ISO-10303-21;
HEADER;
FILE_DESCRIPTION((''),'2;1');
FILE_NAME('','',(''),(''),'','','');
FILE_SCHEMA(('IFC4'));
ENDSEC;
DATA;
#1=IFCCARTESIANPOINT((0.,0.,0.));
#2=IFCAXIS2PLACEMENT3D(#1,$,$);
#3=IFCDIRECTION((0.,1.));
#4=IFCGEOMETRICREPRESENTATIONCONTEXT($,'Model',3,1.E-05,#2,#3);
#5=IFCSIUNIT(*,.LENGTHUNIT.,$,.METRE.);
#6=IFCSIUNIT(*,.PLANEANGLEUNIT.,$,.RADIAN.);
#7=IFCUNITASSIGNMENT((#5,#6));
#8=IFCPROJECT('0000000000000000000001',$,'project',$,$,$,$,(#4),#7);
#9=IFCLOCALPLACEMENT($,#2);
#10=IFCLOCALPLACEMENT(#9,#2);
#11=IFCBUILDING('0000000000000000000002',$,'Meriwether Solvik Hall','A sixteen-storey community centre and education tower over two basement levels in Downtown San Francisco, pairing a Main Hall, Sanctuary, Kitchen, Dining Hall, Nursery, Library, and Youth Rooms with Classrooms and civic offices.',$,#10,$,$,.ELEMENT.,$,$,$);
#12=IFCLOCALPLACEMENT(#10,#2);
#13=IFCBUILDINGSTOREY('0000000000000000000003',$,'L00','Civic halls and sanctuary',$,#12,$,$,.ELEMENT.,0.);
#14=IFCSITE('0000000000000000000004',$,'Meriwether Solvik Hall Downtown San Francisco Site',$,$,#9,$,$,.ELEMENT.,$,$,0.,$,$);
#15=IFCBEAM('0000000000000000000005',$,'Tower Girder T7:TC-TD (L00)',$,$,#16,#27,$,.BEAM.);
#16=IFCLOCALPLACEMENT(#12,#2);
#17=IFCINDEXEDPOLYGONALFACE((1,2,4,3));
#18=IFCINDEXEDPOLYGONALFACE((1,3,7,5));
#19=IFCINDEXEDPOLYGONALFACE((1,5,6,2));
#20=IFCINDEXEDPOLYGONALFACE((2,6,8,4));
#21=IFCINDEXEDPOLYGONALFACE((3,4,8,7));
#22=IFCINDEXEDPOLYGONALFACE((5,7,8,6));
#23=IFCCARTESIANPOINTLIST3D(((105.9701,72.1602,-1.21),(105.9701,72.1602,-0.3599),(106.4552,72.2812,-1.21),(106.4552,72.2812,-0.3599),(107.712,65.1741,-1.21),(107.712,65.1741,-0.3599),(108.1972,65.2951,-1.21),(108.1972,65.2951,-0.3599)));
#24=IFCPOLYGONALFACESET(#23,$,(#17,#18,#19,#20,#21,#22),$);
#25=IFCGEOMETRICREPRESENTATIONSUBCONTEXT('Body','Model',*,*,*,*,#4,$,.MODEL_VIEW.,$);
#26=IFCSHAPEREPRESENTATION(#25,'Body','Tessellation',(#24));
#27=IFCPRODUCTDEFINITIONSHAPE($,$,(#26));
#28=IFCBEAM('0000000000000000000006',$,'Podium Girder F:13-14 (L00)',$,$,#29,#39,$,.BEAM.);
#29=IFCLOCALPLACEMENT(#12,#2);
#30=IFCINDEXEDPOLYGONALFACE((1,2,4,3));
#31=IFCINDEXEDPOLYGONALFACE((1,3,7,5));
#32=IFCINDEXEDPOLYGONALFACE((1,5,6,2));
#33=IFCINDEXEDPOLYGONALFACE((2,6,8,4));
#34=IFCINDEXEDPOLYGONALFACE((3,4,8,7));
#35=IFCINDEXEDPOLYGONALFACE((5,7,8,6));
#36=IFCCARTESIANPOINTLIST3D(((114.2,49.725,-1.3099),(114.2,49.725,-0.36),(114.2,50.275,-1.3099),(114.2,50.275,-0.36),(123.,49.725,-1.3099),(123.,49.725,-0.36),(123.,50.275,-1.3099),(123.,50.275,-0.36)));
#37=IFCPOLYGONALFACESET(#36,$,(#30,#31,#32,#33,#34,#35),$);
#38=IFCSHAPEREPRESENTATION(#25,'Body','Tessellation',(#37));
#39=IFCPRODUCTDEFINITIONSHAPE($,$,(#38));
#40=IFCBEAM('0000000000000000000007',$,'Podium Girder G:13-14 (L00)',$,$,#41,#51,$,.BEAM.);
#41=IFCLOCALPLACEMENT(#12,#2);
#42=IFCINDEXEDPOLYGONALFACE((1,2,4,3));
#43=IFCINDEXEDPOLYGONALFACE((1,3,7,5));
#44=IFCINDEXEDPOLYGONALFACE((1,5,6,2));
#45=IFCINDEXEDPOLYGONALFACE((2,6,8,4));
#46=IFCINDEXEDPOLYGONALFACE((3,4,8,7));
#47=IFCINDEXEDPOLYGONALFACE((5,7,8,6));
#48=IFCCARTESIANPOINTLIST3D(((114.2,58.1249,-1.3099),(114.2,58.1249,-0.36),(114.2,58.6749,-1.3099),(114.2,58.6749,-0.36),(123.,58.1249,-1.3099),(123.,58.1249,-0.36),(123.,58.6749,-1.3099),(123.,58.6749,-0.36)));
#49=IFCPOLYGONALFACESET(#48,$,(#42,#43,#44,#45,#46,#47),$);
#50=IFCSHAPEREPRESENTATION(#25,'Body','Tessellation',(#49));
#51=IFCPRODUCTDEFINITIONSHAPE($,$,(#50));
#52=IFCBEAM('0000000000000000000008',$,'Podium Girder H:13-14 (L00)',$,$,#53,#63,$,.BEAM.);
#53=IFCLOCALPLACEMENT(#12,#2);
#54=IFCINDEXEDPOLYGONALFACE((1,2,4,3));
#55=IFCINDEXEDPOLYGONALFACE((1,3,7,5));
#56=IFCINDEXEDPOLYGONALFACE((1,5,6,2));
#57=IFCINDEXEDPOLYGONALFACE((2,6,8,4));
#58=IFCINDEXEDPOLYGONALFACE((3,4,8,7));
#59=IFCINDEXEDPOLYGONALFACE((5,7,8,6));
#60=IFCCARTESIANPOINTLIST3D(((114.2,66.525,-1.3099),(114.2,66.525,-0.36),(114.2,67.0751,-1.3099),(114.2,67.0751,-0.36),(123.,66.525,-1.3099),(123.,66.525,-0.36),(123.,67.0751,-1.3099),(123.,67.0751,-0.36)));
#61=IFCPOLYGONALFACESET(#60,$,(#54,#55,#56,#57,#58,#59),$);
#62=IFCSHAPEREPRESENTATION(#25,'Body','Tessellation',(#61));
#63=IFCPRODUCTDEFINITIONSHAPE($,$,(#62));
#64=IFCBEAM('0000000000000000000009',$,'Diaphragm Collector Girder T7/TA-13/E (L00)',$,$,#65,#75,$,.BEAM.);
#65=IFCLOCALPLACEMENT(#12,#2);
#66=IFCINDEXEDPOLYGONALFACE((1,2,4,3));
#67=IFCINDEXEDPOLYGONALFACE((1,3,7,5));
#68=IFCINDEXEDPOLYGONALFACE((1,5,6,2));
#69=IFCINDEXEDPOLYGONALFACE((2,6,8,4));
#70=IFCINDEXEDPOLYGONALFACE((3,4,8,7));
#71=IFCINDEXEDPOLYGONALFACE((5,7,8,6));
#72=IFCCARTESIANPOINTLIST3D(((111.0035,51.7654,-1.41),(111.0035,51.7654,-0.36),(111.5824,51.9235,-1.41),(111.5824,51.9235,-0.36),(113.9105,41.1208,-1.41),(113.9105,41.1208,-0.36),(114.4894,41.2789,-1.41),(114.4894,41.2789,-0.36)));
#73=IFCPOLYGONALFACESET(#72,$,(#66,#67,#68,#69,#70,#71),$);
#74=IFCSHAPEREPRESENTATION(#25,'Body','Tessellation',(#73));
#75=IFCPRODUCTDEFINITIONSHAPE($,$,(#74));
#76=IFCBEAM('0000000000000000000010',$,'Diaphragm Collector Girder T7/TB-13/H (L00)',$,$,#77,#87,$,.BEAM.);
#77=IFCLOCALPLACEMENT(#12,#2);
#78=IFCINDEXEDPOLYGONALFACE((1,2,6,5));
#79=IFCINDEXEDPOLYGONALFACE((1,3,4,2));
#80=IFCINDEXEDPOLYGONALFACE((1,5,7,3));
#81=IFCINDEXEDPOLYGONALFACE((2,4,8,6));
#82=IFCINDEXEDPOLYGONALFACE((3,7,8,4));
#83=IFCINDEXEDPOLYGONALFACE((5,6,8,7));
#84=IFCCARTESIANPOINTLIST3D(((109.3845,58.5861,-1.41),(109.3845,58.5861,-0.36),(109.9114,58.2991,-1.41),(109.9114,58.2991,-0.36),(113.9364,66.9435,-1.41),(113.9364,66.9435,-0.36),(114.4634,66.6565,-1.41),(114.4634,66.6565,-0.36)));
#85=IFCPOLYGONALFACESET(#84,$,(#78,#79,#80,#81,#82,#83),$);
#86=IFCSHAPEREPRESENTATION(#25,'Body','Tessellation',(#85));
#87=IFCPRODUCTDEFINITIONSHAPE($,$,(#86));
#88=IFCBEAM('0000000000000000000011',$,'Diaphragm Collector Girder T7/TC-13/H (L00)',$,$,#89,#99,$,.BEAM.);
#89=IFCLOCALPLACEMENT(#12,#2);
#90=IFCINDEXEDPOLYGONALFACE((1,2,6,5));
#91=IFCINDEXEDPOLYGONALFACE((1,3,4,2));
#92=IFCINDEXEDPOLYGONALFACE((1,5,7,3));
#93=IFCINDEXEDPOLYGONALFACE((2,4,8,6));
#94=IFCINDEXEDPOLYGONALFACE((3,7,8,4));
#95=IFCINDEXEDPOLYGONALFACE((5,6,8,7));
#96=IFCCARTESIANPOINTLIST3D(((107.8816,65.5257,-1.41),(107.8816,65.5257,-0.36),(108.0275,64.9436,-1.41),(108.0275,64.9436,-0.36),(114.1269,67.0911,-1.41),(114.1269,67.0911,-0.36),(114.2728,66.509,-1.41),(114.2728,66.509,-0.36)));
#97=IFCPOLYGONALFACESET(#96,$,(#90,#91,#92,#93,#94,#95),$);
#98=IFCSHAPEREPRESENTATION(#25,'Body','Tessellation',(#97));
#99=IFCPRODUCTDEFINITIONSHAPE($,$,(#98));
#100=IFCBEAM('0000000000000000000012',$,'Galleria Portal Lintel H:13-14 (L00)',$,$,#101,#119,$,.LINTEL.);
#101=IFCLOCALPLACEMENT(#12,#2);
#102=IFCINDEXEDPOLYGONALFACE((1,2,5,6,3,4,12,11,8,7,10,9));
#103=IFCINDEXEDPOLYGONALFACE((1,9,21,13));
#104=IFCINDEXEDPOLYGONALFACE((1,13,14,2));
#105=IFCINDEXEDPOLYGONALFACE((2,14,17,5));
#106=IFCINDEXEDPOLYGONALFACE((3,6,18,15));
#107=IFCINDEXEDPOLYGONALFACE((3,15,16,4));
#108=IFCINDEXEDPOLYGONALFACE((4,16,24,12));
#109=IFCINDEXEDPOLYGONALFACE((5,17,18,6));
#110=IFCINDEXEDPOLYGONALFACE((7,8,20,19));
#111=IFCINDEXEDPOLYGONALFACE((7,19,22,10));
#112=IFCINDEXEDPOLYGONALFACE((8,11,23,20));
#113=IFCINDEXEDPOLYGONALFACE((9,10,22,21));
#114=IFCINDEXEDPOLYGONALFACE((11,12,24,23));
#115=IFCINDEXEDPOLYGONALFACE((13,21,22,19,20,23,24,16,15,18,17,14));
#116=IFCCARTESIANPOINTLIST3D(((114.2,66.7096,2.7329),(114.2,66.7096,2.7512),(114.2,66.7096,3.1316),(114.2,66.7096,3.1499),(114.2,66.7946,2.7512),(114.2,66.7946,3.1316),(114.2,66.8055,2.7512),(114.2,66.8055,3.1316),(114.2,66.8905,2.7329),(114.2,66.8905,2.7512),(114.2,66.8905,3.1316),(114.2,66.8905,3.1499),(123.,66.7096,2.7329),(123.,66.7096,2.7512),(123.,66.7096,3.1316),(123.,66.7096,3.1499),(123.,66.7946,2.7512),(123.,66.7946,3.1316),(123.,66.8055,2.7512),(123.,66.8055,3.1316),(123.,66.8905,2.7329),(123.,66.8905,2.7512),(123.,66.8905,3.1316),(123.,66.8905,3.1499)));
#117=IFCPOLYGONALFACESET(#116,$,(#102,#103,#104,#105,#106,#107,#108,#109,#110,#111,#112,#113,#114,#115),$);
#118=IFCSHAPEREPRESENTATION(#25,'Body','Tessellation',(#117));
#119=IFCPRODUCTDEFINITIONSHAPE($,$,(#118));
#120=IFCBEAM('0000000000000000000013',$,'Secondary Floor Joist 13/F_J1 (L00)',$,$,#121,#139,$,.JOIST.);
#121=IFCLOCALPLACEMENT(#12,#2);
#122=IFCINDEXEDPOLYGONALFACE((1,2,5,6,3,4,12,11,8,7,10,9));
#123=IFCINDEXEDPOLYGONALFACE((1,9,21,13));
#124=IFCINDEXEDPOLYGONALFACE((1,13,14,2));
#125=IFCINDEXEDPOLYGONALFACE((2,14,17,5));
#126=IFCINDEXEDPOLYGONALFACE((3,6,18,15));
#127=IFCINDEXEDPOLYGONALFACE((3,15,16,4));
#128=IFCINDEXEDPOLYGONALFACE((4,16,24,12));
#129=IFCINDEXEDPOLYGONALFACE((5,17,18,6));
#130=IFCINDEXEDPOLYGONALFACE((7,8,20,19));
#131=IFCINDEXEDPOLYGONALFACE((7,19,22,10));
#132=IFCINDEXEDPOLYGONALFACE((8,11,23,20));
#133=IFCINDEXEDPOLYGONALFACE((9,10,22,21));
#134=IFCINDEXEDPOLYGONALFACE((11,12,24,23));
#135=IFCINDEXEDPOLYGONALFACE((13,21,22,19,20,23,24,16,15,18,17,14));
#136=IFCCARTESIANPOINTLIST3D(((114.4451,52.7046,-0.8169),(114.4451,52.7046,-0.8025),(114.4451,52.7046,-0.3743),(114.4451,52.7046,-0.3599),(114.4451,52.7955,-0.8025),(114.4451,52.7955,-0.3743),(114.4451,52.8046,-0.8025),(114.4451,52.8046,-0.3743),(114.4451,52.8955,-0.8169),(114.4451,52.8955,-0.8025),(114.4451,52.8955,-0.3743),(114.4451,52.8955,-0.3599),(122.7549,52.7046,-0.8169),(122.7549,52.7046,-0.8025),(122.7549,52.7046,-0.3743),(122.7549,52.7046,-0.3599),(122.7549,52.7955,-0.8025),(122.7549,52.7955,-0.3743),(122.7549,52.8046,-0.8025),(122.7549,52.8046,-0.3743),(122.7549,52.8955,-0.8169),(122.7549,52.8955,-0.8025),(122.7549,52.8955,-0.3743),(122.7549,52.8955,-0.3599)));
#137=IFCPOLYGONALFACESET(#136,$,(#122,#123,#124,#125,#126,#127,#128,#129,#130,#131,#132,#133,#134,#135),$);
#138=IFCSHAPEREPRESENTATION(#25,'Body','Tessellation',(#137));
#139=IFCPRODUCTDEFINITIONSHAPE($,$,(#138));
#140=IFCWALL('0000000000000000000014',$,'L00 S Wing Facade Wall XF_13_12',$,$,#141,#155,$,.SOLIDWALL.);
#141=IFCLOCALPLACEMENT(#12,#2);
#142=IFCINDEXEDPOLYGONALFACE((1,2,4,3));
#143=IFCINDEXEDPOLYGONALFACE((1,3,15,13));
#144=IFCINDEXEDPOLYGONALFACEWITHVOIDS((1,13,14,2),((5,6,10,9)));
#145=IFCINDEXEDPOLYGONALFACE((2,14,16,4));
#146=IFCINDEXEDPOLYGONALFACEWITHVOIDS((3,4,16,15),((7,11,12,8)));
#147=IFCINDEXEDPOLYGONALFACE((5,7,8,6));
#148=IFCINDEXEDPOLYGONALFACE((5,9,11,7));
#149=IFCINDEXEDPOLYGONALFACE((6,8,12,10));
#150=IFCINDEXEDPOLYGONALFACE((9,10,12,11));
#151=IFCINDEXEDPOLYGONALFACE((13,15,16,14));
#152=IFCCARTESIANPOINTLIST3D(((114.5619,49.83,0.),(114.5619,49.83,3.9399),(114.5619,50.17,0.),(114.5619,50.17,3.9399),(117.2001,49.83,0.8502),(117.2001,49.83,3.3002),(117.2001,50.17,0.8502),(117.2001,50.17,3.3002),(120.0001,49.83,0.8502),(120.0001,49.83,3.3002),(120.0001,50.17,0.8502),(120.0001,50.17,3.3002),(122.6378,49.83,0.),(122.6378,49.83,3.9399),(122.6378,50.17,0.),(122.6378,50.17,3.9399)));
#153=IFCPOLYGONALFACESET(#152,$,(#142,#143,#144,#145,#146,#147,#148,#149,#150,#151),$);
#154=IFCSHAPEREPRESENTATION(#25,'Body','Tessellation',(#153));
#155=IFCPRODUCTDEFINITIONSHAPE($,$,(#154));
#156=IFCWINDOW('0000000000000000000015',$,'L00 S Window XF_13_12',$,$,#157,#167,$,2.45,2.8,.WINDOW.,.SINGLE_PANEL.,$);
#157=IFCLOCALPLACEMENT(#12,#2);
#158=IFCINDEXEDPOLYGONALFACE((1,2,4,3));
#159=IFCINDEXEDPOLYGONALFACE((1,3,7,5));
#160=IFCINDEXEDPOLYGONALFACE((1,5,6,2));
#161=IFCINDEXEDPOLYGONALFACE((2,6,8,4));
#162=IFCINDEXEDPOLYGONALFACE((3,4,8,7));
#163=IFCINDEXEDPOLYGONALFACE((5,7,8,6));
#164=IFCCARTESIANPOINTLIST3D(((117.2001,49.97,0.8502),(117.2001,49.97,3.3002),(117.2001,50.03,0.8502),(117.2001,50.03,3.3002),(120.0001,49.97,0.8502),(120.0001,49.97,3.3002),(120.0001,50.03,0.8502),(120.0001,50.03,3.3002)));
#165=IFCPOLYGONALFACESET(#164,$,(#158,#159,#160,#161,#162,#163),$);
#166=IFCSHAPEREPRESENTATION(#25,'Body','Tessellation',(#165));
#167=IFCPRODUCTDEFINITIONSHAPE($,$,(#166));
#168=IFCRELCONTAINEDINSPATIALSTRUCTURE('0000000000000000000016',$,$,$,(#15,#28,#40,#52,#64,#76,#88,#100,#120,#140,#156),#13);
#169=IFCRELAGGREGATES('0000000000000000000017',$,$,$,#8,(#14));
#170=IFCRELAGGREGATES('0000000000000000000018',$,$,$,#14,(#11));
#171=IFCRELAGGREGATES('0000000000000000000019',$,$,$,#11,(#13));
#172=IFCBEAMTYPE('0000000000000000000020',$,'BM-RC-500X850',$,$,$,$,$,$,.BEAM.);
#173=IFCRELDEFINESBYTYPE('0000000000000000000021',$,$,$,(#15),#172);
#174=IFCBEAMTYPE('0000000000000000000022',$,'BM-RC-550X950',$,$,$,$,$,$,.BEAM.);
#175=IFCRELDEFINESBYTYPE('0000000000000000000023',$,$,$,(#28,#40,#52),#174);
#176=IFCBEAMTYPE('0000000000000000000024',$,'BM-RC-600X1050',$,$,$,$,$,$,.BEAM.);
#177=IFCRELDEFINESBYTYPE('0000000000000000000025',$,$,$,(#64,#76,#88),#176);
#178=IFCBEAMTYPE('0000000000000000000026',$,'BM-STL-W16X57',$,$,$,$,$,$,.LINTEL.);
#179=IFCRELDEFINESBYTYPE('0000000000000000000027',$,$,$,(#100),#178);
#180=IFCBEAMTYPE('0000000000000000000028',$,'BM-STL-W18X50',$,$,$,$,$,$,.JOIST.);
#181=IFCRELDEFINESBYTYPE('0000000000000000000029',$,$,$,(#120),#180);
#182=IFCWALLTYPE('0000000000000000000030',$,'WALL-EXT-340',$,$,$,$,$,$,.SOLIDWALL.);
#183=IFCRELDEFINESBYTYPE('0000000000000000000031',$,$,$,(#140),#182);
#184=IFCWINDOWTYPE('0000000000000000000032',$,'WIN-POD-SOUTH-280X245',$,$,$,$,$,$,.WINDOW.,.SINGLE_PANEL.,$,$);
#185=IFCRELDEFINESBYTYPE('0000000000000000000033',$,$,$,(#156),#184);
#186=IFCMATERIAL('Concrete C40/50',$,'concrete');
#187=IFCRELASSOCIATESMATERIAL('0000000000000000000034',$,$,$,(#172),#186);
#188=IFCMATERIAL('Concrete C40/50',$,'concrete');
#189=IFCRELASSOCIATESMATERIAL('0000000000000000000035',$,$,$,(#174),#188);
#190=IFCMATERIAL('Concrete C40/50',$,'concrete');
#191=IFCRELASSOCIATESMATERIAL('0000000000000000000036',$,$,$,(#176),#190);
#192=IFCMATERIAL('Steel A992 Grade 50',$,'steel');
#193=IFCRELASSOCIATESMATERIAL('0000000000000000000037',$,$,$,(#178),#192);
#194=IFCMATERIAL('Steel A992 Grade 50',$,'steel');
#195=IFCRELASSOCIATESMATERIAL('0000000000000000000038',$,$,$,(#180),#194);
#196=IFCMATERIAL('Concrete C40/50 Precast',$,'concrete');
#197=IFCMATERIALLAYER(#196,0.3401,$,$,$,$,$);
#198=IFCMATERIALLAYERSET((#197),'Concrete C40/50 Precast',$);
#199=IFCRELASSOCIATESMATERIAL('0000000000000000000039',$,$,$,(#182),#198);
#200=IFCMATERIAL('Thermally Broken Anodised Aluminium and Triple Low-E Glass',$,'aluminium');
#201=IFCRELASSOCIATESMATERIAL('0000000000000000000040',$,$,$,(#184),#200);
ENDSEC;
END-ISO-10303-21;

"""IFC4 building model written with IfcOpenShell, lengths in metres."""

from ifc_helpers import new_model, si_unit, direction, frame, frame_2d, origin, origin_2d, place, context, subcontext, project, spatial, rectangle, i_section, extrude, material, layer, layer_set, material_profile, profile_set, type_object, element, fill, save


model = new_model("IFC4")

# Units and contexts
model_context = context("Model", 3, precision=1e-05, world=origin(), true_north=direction((0.0, 1.0)))
body_context = subcontext(model_context, "Body", "Model", "MODEL_VIEW")
ifc_project = project(units=[si_unit("LENGTHUNIT", "METRE"), si_unit("PLANEANGLEUNIT", "RADIAN")], contexts=[model_context])

# Site, building, storey
site_placement = place(None, origin())
site = spatial("IfcSite", under=ifc_project, at=site_placement, Name="Meriwether Solvik Hall Downtown San Francisco Site", CompositionType="ELEMENT", RefElevation=0.0)
building_placement = place(site_placement, origin())
building = spatial("IfcBuilding", under=site, at=building_placement, Name="Meriwether Solvik Hall", Description="A sixteen-storey community centre and education tower over two basement levels in Downtown San Francisco, pairing a Main Hall, Sanctuary, Kitchen, Dining Hall, Nursery, Library, and Youth Rooms with Classrooms and civic offices.", CompositionType="ELEMENT")
storey_placement = place(building_placement, origin())
storey = spatial("IfcBuildingStorey", under=building, at=storey_placement, Name="L00", Description="Civic halls and sanctuary", CompositionType="ELEMENT", Elevation=0.0)

# Beams
ifc_material_1 = material(Name="Concrete C40/50", Category="concrete")
ifc_material_profile_1 = material_profile(ifc_material_1, rectangle(XDim=0.5, YDim=0.8501, at=origin_2d()), Name="RCB-500X850")
ifc_profile_set_1 = profile_set([ifc_material_profile_1], Name="Concrete C40/50")
beam_type_1 = type_object("IfcBeamType", Name="BM-RC-500X850", PredefinedType="BEAM", material=ifc_profile_set_1)
beam_1_placement = place(storey_placement, frame((107.9546, 65.2346, -0.7849), z_axis=(-0.241937, 0.970292, 0.0), x_axis=(-0.970292, -0.241937, 0.0)))
element("IfcBeam", 1, at=beam_1_placement, inside=storey, type_object=beam_type_1, Name="Tower Girder T7:TC-TD (L00)", PredefinedType="BEAM", context=body_context, shape_type="SweptSolid", body=[
    extrude(rectangle(XDim=0.5, YDim=0.8501, at=origin_2d()), origin(), (0.0, 0.0, 1.0), 7.2),
])
ifc_material_2 = material(Name="Concrete C40/50", Category="concrete")
ifc_material_profile_2 = material_profile(ifc_material_2, rectangle(XDim=0.55, YDim=0.95, at=origin_2d()), Name="RCB-550X950")
ifc_profile_set_2 = profile_set([ifc_material_profile_2], Name="Concrete C40/50")
beam_type_2 = type_object("IfcBeamType", Name="BM-RC-550X950", PredefinedType="BEAM", material=ifc_profile_set_2)
for number, where, z_axis, x_axis, name in (
    (2, (114.2, 50.0, -0.835), (1.0, 0.0, 0.0), (0.0, 1.0, 0.0), "Podium Girder F:13-14 (L00)"),
    (3, (114.2, 58.3999, -0.835), (1.0, 0.0, 0.0), (0.0, 1.0, 0.0), "Podium Girder G:13-14 (L00)"),
    (4, (114.2, 66.8, -0.835), (1.0, 0.0, 0.0), (0.0, 1.0, 0.0), "Podium Girder H:13-14 (L00)"),
):
    element("IfcBeam", number, at=place(storey_placement, frame(where, z_axis=z_axis, x_axis=x_axis)), inside=storey, type_object=beam_type_2, Name=name, PredefinedType="BEAM", context=body_context, shape_type="SweptSolid", body=[
        extrude(rectangle(XDim=0.55, YDim=0.95, at=origin_2d()), origin(), (0.0, 0.0, 1.0), 8.8),
    ])
ifc_material_3 = material(Name="Concrete C40/50", Category="concrete")
ifc_material_profile_3 = material_profile(ifc_material_3, rectangle(XDim=0.6001, YDim=1.05, at=origin_2d()), Name="RCB-600X1050")
ifc_profile_set_3 = profile_set([ifc_material_profile_3], Name="Concrete C40/50")
beam_type_3 = type_object("IfcBeamType", Name="BM-RC-600X1050", PredefinedType="BEAM", material=ifc_profile_set_3)
beam_2_placement = place(storey_placement, frame((111.293, 51.8445, -0.885), z_axis=(0.263449, -0.964673, 0.0), x_axis=(0.964673, 0.263449, 0.0)))
element("IfcBeam", 5, at=beam_2_placement, inside=storey, type_object=beam_type_3, Name="Diaphragm Collector Girder T7/TA-13/E (L00)", PredefinedType="BEAM", context=body_context, shape_type="SweptSolid", body=[
    extrude(rectangle(XDim=0.6001, YDim=1.05, at=origin_2d()), origin(), (0.0, 0.0, 1.0), 11.0344),
])
beam_3_placement = place(storey_placement, frame((109.6479, 58.4426, -0.885), z_axis=(0.478318, 0.878187, 0.0), x_axis=(-0.878187, 0.478318, 0.0)))
element("IfcBeam", 6, at=beam_3_placement, inside=storey, type_object=beam_type_3, Name="Diaphragm Collector Girder T7/TB-13/H (L00)", PredefinedType="BEAM", context=body_context, shape_type="SweptSolid", body=[
    extrude(rectangle(XDim=0.6001, YDim=1.05, at=origin_2d()), origin(), (0.0, 0.0, 1.0), 9.5166),
])
beam_4_placement = place(storey_placement, frame((107.9546, 65.2346, -0.885), z_axis=(0.969993, 0.243133, 0.0), x_axis=(-0.243133, 0.969993, 0.0)))
element("IfcBeam", 7, at=beam_4_placement, inside=storey, type_object=beam_type_3, Name="Diaphragm Collector Girder T7/TC-13/H (L00)", PredefinedType="BEAM", context=body_context, shape_type="SweptSolid", body=[
    extrude(rectangle(XDim=0.6001, YDim=1.05, at=origin_2d()), origin(), (0.0, 0.0, 1.0), 6.4385),
])
ifc_material_4 = material(Name="Steel A992 Grade 50", Category="steel")
ifc_material_profile_4 = material_profile(ifc_material_4, i_section(OverallWidth=0.1809, OverallDepth=0.417, WebThickness=0.011, FlangeThickness=0.0183, at=origin_2d()), Name="W16X57")
ifc_profile_set_4 = profile_set([ifc_material_profile_4], Name="Steel A992 Grade 50")
beam_type_4 = type_object("IfcBeamType", Name="BM-STL-W16X57", PredefinedType="LINTEL", material=ifc_profile_set_4)
beam_5_placement = place(storey_placement, frame((114.2, 66.8, 2.9414), z_axis=(1.0, 0.0, 0.0), x_axis=(0.0, 1.0, 0.0)))
element("IfcBeam", 8, at=beam_5_placement, inside=storey, type_object=beam_type_4, Name="Galleria Portal Lintel H:13-14 (L00)", PredefinedType="LINTEL", context=body_context, shape_type="SweptSolid", body=[
    extrude(i_section(OverallWidth=0.1809, OverallDepth=0.417, WebThickness=0.011, FlangeThickness=0.0183, at=origin_2d()), origin(), (0.0, 0.0, 1.0), 8.8),
])
ifc_material_5 = material(Name="Steel A992 Grade 50", Category="steel")
ifc_material_profile_5 = material_profile(ifc_material_5, i_section(OverallWidth=0.1909, OverallDepth=0.457, WebThickness=0.009, FlangeThickness=0.0144, at=origin_2d()), Name="W18X50")
ifc_profile_set_5 = profile_set([ifc_material_profile_5], Name="Steel A992 Grade 50")
beam_type_5 = type_object("IfcBeamType", Name="BM-STL-W18X50", PredefinedType="JOIST", material=ifc_profile_set_5)
beam_6_placement = place(storey_placement, frame((114.4451, 52.8, -0.5884), z_axis=(1.0, 0.0, 0.0), x_axis=(0.0, 1.0, 0.0)))
element("IfcBeam", 9, at=beam_6_placement, inside=storey, type_object=beam_type_5, Name="Secondary Floor Joist 13/F_J1 (L00)", PredefinedType="JOIST", context=body_context, shape_type="SweptSolid", body=[
    extrude(i_section(OverallWidth=0.1909, OverallDepth=0.457, WebThickness=0.009, FlangeThickness=0.0144, at=origin_2d()), origin(), (0.0, 0.0, 1.0), 8.3098),
])

# Wall, opening, window
ifc_material_6 = material(Name="Concrete C40/50 Precast", Category="concrete")
ifc_layer_1 = layer(ifc_material_6, 0.3401)
ifc_layer_set_1 = layer_set([ifc_layer_1], Name="Concrete C40/50 Precast")
wall_type_1 = type_object("IfcWallType", Name="WALL-EXT-340", PredefinedType="SOLIDWALL", material=ifc_layer_set_1)
wall_1_placement = place(storey_placement, frame((122.6379, 50.0, 0.0), z_axis=(0.0, 0.0, 1.0), x_axis=(-1.0, 0.0, 0.0)))
wall_1 = element("IfcWall", 10, at=wall_1_placement, inside=storey, type_object=wall_type_1, Name="L00 S Wing Facade Wall XF_13_12", PredefinedType="SOLIDWALL", context=body_context, shape_type="SweptSolid", body=[
    extrude(rectangle(XDim=8.0759, YDim=0.3401, at=frame_2d((4.0381, 0.0))), origin(), (0.0, 0.0, 1.0), 3.9399),
])
opening_placement = place(wall_1_placement, frame((2.6379, 0.0, 0.8501)))
opening = element("IfcOpeningElement", 11, at=opening_placement, cuts=wall_1, PredefinedType="OPENING", context=body_context, shape_type="SweptSolid", body=[
    extrude(rectangle(XDim=2.8, YDim=2.45, at=frame_2d((1.3999, 1.2251))), frame((0.0, 0.1821, 0.0), z_axis=(0.0, -1.0, 0.0), x_axis=(1.0, 0.0, 0.0)), (0.0, 0.0, 1.0), 0.364),
])
ifc_material_7 = material(Name="Thermally Broken Anodised Aluminium and Triple Low-E Glass", Category="aluminium")
window_type = type_object("IfcWindowType", Name="WIN-POD-SOUTH-280X245", PartitioningType="SINGLE_PANEL", PredefinedType="WINDOW", material=ifc_material_7)
window_placement = place(opening_placement, origin())
window = element("IfcWindow", 12, at=window_placement, inside=storey, type_object=window_type, Name="L00 S Window XF_13_12", OverallHeight=2.45, OverallWidth=2.8, PartitioningType="SINGLE_PANEL", PredefinedType="WINDOW", context=body_context, shape_type="SweptSolid", body=[
    extrude(rectangle(XDim=2.8, YDim=2.45, at=frame_2d((1.3999, 1.2251))), frame((0.0, 0.03, 0.0), z_axis=(0.0, -1.0, 0.0), x_axis=(1.0, 0.0, 0.0)), (0.0, 0.0, 1.0), 0.0601),
])
fill(opening, window)

save(model, "model.ifc")
